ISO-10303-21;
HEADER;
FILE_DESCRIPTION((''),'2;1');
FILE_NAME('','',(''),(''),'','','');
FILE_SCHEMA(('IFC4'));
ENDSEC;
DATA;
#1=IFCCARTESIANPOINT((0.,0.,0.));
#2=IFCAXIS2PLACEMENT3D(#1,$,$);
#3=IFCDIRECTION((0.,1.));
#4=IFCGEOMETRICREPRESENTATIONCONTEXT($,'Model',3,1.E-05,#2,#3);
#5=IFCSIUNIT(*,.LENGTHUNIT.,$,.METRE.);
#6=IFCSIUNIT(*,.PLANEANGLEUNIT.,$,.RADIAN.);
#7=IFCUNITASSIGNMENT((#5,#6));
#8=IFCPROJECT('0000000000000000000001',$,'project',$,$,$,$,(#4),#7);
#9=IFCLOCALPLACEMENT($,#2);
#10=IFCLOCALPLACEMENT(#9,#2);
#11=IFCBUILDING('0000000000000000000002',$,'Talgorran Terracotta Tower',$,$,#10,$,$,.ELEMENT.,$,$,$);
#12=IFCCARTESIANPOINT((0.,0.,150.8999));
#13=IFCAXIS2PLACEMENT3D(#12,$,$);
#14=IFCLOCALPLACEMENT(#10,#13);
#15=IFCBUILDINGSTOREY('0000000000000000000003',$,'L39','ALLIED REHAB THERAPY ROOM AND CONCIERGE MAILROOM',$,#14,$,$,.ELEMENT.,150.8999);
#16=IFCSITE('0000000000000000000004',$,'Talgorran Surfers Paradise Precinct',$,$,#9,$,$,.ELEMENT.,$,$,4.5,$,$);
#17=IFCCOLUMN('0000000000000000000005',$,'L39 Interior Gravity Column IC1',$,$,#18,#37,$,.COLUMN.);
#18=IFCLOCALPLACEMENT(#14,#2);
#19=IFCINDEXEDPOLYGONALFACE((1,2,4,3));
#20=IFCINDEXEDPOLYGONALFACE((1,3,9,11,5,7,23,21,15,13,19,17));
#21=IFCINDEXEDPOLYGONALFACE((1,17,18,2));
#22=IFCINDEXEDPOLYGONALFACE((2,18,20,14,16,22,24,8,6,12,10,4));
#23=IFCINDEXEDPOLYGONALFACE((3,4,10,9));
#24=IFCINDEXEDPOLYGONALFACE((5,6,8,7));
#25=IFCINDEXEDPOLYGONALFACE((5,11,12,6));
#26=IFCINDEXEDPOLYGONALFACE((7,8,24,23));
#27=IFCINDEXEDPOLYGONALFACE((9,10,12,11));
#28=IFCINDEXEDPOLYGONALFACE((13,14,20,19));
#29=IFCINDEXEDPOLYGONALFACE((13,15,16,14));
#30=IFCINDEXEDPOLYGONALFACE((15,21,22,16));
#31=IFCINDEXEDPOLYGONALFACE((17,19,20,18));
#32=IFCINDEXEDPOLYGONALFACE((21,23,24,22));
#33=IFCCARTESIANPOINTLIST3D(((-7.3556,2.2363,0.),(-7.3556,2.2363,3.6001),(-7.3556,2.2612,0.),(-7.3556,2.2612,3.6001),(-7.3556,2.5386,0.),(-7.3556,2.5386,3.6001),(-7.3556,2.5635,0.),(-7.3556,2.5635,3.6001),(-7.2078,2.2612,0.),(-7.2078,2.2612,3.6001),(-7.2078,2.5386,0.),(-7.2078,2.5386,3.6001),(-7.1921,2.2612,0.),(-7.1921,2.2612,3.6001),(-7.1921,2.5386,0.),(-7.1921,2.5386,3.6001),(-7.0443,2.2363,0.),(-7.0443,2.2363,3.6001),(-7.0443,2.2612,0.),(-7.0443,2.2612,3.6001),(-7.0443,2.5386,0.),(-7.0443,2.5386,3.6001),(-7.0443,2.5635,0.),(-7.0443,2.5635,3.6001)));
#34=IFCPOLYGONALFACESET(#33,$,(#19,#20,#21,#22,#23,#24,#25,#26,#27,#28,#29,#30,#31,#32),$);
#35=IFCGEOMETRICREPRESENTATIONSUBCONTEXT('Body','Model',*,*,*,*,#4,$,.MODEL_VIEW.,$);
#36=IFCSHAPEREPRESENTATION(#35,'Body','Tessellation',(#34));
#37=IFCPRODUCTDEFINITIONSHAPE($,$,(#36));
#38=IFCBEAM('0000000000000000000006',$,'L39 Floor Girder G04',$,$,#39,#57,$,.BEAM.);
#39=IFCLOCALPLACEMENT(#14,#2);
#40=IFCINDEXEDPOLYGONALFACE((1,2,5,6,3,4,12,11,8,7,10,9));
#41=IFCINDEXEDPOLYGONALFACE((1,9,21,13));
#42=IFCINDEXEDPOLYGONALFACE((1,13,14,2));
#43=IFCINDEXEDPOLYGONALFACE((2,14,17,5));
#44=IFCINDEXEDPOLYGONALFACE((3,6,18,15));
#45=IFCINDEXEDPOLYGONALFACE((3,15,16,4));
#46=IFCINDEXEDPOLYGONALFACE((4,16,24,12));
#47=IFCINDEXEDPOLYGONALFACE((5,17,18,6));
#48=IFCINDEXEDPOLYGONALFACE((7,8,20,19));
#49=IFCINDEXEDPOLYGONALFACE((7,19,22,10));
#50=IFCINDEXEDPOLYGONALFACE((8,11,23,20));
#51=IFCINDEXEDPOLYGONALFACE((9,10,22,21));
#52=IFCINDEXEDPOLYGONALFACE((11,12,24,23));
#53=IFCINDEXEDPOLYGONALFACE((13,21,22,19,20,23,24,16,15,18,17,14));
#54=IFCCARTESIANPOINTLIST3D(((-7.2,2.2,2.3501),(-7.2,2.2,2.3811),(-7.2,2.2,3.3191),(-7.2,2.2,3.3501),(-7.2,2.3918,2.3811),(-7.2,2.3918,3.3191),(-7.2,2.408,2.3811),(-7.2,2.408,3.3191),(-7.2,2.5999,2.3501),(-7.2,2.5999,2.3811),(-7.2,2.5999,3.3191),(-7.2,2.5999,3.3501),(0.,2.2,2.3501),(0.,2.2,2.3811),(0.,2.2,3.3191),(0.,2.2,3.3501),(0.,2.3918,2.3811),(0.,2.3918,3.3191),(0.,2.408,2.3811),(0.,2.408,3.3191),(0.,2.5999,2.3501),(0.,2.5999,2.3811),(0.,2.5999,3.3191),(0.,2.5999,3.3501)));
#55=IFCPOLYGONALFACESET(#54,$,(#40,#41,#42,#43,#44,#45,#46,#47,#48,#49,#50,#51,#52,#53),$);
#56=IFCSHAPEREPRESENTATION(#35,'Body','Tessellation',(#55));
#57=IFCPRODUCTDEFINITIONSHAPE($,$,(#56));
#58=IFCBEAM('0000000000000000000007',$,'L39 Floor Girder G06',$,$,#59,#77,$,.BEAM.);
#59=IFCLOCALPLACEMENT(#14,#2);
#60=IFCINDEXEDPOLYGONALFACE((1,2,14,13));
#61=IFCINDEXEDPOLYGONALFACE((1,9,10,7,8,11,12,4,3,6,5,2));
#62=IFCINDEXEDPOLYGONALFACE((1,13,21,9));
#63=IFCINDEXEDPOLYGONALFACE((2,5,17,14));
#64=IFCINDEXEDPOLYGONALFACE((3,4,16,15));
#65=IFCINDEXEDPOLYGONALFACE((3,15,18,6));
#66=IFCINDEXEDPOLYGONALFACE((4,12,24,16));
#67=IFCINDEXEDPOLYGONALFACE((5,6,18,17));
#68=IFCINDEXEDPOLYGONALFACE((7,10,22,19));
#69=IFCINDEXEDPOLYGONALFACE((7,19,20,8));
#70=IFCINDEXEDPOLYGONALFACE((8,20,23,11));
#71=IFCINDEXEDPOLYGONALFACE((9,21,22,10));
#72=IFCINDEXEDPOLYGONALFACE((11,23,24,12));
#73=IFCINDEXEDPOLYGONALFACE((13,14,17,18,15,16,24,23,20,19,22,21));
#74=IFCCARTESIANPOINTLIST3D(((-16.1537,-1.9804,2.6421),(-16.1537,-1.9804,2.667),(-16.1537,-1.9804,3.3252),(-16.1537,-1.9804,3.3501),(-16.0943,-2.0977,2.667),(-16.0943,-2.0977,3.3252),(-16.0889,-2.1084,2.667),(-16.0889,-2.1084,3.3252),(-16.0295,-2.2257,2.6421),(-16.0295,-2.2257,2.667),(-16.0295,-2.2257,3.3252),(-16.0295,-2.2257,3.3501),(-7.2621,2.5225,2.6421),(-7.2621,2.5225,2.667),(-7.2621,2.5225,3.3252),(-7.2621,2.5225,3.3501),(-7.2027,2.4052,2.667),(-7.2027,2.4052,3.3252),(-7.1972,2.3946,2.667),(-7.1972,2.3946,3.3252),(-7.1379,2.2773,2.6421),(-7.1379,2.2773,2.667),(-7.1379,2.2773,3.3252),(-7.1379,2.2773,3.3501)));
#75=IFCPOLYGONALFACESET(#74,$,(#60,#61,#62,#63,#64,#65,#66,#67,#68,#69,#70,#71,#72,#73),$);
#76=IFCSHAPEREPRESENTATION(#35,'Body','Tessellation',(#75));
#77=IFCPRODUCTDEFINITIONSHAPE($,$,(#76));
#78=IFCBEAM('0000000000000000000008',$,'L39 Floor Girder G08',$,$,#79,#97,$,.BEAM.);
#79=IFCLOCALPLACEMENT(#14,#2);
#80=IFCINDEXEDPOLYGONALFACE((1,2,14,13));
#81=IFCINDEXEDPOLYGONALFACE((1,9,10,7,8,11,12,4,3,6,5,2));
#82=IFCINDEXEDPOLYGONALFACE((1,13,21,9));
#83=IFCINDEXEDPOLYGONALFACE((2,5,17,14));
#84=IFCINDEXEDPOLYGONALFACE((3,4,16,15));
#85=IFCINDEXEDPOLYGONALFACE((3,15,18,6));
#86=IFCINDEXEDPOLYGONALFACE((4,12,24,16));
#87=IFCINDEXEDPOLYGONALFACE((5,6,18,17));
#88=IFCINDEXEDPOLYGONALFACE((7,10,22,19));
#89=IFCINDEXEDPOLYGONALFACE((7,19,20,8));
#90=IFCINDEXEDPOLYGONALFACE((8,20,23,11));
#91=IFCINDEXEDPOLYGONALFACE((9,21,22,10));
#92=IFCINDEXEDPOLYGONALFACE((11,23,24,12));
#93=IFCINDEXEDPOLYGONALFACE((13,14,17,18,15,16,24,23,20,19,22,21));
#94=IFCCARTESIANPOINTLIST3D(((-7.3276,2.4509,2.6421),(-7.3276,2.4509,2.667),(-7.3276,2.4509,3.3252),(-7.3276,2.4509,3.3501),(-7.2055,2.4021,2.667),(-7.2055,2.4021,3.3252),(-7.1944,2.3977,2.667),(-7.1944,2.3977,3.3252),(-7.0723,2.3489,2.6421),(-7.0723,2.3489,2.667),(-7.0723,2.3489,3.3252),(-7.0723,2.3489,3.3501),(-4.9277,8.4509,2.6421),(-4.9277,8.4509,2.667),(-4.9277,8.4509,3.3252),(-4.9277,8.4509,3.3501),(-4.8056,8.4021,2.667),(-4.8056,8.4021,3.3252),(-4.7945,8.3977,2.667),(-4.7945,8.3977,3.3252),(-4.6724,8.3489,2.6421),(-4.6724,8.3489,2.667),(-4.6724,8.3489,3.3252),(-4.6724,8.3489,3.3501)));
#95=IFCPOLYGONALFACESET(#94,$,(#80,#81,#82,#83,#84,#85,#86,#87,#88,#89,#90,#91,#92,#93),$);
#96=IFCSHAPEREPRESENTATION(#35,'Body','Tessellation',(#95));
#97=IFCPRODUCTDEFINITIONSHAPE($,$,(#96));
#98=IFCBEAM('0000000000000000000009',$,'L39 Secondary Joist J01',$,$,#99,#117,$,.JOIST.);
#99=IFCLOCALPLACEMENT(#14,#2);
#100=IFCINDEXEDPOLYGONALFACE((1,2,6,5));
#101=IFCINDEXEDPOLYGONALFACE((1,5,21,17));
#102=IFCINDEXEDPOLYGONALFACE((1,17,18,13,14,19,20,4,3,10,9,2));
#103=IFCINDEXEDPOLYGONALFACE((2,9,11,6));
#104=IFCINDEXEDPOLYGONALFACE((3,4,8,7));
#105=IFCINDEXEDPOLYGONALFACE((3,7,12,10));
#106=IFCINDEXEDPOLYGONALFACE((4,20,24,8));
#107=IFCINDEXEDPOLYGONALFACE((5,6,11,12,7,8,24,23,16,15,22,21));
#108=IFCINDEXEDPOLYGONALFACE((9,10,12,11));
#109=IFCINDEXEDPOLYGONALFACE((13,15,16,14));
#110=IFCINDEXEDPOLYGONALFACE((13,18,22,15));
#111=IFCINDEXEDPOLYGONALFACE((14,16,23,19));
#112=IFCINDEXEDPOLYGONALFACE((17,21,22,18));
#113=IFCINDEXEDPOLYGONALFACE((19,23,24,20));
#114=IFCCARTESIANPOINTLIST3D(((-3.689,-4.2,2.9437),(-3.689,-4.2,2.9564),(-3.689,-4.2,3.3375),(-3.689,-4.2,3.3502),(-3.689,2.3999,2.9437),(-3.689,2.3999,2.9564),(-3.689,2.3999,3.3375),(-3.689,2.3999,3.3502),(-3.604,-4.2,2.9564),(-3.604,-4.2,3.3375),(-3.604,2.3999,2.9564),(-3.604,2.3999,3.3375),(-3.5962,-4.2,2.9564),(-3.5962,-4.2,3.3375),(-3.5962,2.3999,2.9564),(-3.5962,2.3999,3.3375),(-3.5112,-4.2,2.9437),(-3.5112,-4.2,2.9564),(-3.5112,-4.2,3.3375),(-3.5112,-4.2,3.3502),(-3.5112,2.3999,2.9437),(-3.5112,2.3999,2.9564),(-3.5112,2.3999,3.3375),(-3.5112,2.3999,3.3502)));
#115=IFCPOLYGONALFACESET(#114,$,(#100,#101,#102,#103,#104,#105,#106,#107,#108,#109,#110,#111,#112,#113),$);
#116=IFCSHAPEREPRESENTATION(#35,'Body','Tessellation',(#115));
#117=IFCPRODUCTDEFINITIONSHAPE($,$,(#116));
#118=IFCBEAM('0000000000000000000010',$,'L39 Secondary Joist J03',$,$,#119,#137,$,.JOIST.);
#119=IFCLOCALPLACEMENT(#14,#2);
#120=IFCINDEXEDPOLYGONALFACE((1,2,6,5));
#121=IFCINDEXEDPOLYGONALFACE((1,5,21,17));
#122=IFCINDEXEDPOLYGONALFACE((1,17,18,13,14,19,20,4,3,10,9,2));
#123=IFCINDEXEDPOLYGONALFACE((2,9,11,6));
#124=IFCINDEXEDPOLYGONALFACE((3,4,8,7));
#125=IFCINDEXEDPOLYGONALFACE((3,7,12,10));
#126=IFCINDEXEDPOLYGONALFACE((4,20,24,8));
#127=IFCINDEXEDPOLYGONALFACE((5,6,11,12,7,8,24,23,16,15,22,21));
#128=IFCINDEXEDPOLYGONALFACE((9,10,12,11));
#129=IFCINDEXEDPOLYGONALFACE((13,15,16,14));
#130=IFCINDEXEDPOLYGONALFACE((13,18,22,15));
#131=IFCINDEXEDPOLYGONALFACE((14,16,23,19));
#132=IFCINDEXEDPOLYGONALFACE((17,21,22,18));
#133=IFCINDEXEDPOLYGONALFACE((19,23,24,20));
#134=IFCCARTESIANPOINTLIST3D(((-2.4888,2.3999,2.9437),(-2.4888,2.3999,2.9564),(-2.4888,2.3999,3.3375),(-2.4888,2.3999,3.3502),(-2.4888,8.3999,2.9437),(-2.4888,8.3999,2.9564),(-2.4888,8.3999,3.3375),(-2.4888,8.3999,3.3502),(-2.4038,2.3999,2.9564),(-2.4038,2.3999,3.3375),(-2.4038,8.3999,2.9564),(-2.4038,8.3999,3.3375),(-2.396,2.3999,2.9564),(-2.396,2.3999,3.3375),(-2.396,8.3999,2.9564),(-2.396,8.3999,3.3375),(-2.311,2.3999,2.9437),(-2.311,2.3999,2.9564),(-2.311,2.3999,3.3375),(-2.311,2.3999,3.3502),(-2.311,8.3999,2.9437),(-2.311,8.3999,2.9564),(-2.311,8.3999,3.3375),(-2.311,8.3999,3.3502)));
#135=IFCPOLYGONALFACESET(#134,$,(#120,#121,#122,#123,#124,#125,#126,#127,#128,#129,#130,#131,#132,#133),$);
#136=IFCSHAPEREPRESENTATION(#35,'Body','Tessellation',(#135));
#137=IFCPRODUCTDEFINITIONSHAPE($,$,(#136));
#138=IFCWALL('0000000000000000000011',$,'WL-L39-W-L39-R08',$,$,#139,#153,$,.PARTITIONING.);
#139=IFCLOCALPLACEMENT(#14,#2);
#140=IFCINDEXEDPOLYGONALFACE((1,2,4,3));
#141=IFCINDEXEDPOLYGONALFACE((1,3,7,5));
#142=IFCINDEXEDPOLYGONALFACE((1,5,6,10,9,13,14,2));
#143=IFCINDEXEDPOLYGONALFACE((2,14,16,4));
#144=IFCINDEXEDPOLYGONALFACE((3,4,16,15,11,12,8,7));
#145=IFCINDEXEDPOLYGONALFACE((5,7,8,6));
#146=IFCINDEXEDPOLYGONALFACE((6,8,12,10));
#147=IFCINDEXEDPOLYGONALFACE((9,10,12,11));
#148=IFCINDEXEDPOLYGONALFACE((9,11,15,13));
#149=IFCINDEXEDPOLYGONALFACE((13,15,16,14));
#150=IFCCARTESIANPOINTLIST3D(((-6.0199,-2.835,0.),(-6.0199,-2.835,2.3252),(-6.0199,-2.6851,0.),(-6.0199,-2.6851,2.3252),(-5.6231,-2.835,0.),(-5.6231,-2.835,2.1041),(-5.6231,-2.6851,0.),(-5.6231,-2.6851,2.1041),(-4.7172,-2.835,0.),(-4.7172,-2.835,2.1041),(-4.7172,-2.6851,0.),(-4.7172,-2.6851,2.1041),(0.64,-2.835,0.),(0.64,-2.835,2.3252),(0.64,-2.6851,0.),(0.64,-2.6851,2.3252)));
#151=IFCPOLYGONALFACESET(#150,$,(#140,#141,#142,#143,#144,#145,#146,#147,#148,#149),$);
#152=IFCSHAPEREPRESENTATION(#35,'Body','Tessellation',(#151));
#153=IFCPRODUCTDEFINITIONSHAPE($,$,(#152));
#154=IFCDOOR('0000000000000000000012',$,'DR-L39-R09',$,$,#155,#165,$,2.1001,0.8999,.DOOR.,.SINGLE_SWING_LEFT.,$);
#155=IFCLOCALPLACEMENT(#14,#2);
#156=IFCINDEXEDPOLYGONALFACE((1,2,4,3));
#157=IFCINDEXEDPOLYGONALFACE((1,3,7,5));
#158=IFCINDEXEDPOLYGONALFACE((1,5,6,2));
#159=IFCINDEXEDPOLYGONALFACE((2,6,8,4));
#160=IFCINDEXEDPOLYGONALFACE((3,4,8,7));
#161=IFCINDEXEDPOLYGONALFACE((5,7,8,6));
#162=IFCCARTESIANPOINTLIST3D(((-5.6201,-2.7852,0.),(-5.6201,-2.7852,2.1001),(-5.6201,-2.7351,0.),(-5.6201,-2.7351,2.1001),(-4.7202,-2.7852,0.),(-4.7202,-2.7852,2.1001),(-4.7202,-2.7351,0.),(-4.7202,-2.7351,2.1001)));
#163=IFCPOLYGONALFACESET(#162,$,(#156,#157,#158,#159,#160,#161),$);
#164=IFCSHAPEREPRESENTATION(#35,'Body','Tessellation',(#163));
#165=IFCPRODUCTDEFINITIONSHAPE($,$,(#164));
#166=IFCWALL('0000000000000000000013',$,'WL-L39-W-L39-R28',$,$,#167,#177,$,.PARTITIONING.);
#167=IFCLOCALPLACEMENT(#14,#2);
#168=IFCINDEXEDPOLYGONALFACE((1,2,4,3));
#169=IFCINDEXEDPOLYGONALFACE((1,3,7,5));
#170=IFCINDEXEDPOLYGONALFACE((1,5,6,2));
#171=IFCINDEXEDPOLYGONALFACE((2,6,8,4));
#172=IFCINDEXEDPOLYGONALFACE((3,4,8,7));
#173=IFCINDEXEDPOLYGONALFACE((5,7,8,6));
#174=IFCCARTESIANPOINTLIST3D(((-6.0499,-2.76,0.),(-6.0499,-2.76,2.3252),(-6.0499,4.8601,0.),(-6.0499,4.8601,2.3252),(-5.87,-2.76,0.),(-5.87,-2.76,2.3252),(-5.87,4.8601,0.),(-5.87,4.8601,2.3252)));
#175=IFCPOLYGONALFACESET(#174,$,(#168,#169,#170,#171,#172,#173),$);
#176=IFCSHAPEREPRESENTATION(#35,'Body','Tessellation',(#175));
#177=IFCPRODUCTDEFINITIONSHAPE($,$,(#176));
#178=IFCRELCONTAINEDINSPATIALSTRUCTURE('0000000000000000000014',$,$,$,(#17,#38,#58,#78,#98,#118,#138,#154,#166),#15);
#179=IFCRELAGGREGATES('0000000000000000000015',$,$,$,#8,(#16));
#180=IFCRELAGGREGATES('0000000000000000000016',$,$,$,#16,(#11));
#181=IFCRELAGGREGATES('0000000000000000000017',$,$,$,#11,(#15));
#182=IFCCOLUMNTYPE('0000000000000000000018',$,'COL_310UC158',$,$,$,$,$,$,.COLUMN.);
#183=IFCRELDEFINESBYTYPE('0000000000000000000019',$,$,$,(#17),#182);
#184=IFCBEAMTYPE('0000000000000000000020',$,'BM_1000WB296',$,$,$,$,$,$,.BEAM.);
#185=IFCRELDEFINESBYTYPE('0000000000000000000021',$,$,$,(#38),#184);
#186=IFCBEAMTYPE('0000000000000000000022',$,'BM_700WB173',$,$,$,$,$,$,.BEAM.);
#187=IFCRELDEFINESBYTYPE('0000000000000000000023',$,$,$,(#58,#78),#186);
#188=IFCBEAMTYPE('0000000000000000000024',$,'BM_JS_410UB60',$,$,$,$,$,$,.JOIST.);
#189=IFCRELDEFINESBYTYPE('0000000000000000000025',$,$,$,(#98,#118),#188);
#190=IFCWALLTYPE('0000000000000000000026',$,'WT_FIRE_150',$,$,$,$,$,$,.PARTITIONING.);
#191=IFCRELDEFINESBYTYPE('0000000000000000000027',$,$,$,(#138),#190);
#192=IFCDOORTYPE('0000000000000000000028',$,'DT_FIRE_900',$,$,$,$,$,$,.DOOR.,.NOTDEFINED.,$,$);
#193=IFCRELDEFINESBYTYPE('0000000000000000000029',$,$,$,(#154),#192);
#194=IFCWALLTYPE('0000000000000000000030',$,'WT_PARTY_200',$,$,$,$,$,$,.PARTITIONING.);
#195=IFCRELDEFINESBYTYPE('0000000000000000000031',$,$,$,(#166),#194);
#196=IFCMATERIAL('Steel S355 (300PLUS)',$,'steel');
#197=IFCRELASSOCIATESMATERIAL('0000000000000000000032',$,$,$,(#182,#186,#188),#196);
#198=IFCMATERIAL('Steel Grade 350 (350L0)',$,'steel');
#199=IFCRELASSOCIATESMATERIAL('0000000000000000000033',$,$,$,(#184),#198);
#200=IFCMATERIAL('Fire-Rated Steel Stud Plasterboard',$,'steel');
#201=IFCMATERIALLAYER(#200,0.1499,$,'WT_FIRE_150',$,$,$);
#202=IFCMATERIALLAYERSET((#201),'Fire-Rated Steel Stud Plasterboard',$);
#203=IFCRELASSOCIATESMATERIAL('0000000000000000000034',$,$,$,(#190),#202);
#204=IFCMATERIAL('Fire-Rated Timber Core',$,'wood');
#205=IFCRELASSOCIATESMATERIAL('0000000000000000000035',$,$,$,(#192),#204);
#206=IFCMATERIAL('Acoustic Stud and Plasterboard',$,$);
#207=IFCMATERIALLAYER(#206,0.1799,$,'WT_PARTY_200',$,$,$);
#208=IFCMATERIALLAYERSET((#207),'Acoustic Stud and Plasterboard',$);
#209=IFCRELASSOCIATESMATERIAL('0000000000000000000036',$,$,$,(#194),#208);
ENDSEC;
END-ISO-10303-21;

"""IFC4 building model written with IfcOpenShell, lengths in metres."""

from ifc_helpers import new_model, si_unit, direction, frame, frame_2d, origin, origin_2d, place, context, subcontext, project, spatial, rectangle, i_section, extrude, material, layer, layer_set, material_profile, profile_set, type_object, element, fill, save


model = new_model("IFC4")

# Units and contexts
model_context = context("Model", 3, precision=1e-05, world=origin(), true_north=direction((0.0, 1.0)))
body_context = subcontext(model_context, "Body", "Model", "MODEL_VIEW")
ifc_project = project(units=[si_unit("LENGTHUNIT", "METRE"), si_unit("PLANEANGLEUNIT", "RADIAN")], contexts=[model_context])

# Site, building, storey
site_placement = place(None, origin())
site = spatial("IfcSite", under=ifc_project, at=site_placement, Name="Talgorran Surfers Paradise Precinct", CompositionType="ELEMENT", RefElevation=4.5)
building_placement = place(site_placement, origin())
building = spatial("IfcBuilding", under=site, at=building_placement, Name="Talgorran Terracotta Tower", CompositionType="ELEMENT")
storey_placement = place(building_placement, frame((0.0, 0.0, 150.8999)))
storey = spatial("IfcBuildingStorey", under=building, at=storey_placement, Name="L39", Description="ALLIED REHAB THERAPY ROOM AND CONCIERGE MAILROOM", CompositionType="ELEMENT", Elevation=150.8999)

# Column
ifc_material_1 = material(Name="Steel S355 (300PLUS)", Category="steel")
ifc_material_profile_1 = material_profile(ifc_material_1, i_section(OverallWidth=0.3113, OverallDepth=0.3271, WebThickness=0.0156, FlangeThickness=0.0249, at=origin_2d()), Name="310UC158")
ifc_profile_set_1 = profile_set([ifc_material_profile_1], Name="Steel S355 (300PLUS)")
column_type = type_object("IfcColumnType", Name="COL_310UC158", PredefinedType="COLUMN", material=ifc_profile_set_1)
column_placement = place(storey_placement, frame((-7.2, 2.3999, 0.0), z_axis=(0.0, 0.0, 1.0), x_axis=(1.0, 0.0, 0.0)))
element("IfcColumn", 1, at=column_placement, inside=storey, type_object=column_type, Name="L39 Interior Gravity Column IC1", PredefinedType="COLUMN", context=body_context, shape_type="SweptSolid", body=[
    extrude(i_section(OverallWidth=0.3113, OverallDepth=0.3271, WebThickness=0.0156, FlangeThickness=0.0249, at=origin_2d()), origin(), (0.0, 0.0, 1.0), 3.6001),
])

# Beams
ifc_material_2 = material(Name="Steel Grade 350 (350L0)", Category="steel")
ifc_material_profile_2 = material_profile(ifc_material_2, i_section(OverallWidth=0.3999, OverallDepth=1.0, WebThickness=0.0161, FlangeThickness=0.031, at=origin_2d()), Name="1000WB296")
ifc_profile_set_2 = profile_set([ifc_material_profile_2], Name="Steel Grade 350 (350L0)")
beam_type_1 = type_object("IfcBeamType", Name="BM_1000WB296", PredefinedType="BEAM", material=ifc_profile_set_2)
beam_1_placement = place(storey_placement, frame((-7.2, 2.3999, 2.8501), z_axis=(1.0, 0.0, 0.0), x_axis=(0.0, 1.0, 0.0)))
element("IfcBeam", 2, at=beam_1_placement, inside=storey, type_object=beam_type_1, Name="L39 Floor Girder G04", PredefinedType="BEAM", context=body_context, shape_type="SweptSolid", body=[
    extrude(i_section(OverallWidth=0.3999, OverallDepth=1.0, WebThickness=0.0161, FlangeThickness=0.031, at=origin_2d()), origin(), (0.0, 0.0, 1.0), 7.2),
])
ifc_material_profile_3 = material_profile(ifc_material_1, i_section(OverallWidth=0.2749, OverallDepth=0.708, WebThickness=0.012, FlangeThickness=0.0249, at=origin_2d()), Name="700WB173")
ifc_profile_set_3 = profile_set([ifc_material_profile_3], Name="Steel S355 (300PLUS)")
beam_type_2 = type_object("IfcBeamType", Name="BM_700WB173", PredefinedType="BEAM", material=ifc_profile_set_3)
beam_2_placement = place(storey_placement, frame((-7.2, 2.3999, 2.9961), z_axis=(-0.892123, -0.451793, 0.0), x_axis=(0.451793, -0.892123, 0.0)))
element("IfcBeam", 3, at=beam_2_placement, inside=storey, type_object=beam_type_2, Name="L39 Floor Girder G06", PredefinedType="BEAM", context=body_context, shape_type="SweptSolid", body=[
    extrude(i_section(OverallWidth=0.2749, OverallDepth=0.708, WebThickness=0.012, FlangeThickness=0.0249, at=origin_2d()), origin(), (0.0, 0.0, 1.0), 9.9668),
])
beam_3_placement = place(storey_placement, frame((-7.2, 2.3999, 2.9961), z_axis=(0.371378, 0.928482, 0.0), x_axis=(-0.928482, 0.371378, 0.0)))
element("IfcBeam", 4, at=beam_3_placement, inside=storey, type_object=beam_type_2, Name="L39 Floor Girder G08", PredefinedType="BEAM", context=body_context, shape_type="SweptSolid", body=[
    extrude(i_section(OverallWidth=0.2749, OverallDepth=0.708, WebThickness=0.012, FlangeThickness=0.0249, at=origin_2d()), origin(), (0.0, 0.0, 1.0), 6.4622),
])
ifc_material_profile_4 = material_profile(ifc_material_1, i_section(OverallWidth=0.1777, OverallDepth=0.4065, WebThickness=0.0078, FlangeThickness=0.0127, at=origin_2d()), Name="410UB59.7")
ifc_profile_set_4 = profile_set([ifc_material_profile_4], Name="Steel S355 (300PLUS)")
beam_type_3 = type_object("IfcBeamType", Name="BM_JS_410UB60", PredefinedType="JOIST", material=ifc_profile_set_4)
beam_4_placement = place(storey_placement, frame((-3.6001, -4.2, 3.147), z_axis=(0.0, 1.0, 0.0), x_axis=(-1.0, 0.0, 0.0)))
element("IfcBeam", 5, at=beam_4_placement, inside=storey, type_object=beam_type_3, Name="L39 Secondary Joist J01", PredefinedType="JOIST", context=body_context, shape_type="SweptSolid", body=[
    extrude(i_section(OverallWidth=0.1777, OverallDepth=0.4065, WebThickness=0.0078, FlangeThickness=0.0127, at=origin_2d()), origin(), (0.0, 0.0, 1.0), 6.5999),
])
beam_5_placement = place(storey_placement, frame((-2.3999, 2.3999, 3.147), z_axis=(0.0, 1.0, 0.0), x_axis=(-1.0, 0.0, 0.0)))
element("IfcBeam", 6, at=beam_5_placement, inside=storey, type_object=beam_type_3, Name="L39 Secondary Joist J03", PredefinedType="JOIST", context=body_context, shape_type="SweptSolid", body=[
    extrude(i_section(OverallWidth=0.1777, OverallDepth=0.4065, WebThickness=0.0078, FlangeThickness=0.0127, at=origin_2d()), origin(), (0.0, 0.0, 1.0), 6.0),
])

# Wall, opening, door
ifc_material_3 = material(Name="Fire-Rated Steel Stud Plasterboard", Category="steel")
ifc_layer_1 = layer(ifc_material_3, 0.1499, Name="WT_FIRE_150")
ifc_layer_set_1 = layer_set([ifc_layer_1], Name="Fire-Rated Steel Stud Plasterboard")
wall_type_1 = type_object("IfcWallType", Name="WT_FIRE_150", PredefinedType="PARTITIONING", material=ifc_layer_set_1)
wall_1_placement = place(storey_placement, frame((-6.02, -2.76, 0.0), z_axis=(0.0, 0.0, 1.0), x_axis=(1.0, 0.0, 0.0)))
wall_1 = element("IfcWall", 7, at=wall_1_placement, inside=storey, type_object=wall_type_1, Name="WL-L39-W-L39-R08", PredefinedType="PARTITIONING", context=body_context, shape_type="SweptSolid", body=[
    extrude(rectangle(XDim=6.6599, YDim=0.1499, at=frame_2d((3.3301, 0.0))), origin(), (0.0, 0.0, 1.0), 2.3252),
])
opening_1_placement = place(wall_1_placement, frame((0.3999, 0.0, 0.0)))
opening_1 = element("IfcOpeningElement", 8, at=opening_1_placement, cuts=wall_1, PredefinedType="OPENING", context=body_context, shape_type="SweptSolid", body=[
    extrude(rectangle(XDim=0.9059, YDim=2.1041, at=frame_2d((0.45, 1.052))), frame((0.0, 0.085, 0.0), z_axis=(0.0, -1.0, 0.0), x_axis=(1.0, 0.0, 0.0)), (0.0, 0.0, 1.0), 0.1699),
])
ifc_material_4 = material(Name="Fire-Rated Timber Core", Category="wood")
door_type_1 = type_object("IfcDoorType", Name="DT_FIRE_900", OperationType="NOTDEFINED", PredefinedType="DOOR", material=ifc_material_4)
door_1_placement = place(opening_1_placement, origin())
door_1 = element("IfcDoor", 9, at=door_1_placement, inside=storey, type_object=door_type_1, Name="DR-L39-R09", OperationType="SINGLE_SWING_LEFT", OverallHeight=2.1001, OverallWidth=0.8999, PredefinedType="DOOR", context=body_context, shape_type="SweptSolid", body=[
    extrude(rectangle(XDim=0.8999, YDim=2.1001, at=frame_2d((0.45, 1.05))), frame((0.0, 0.0249, 0.0), z_axis=(0.0, -1.0, 0.0), x_axis=(1.0, 0.0, 0.0)), (0.0, 0.0, 1.0), 0.05),
])
fill(opening_1, door_1)

# Wall
ifc_material_5 = material(Name="Acoustic Stud and Plasterboard")
ifc_layer_2 = layer(ifc_material_5, 0.1799, Name="WT_PARTY_200")
ifc_layer_set_2 = layer_set([ifc_layer_2], Name="Acoustic Stud and Plasterboard")
wall_type_2 = type_object("IfcWallType", Name="WT_PARTY_200", PredefinedType="PARTITIONING", material=ifc_layer_set_2)
wall_2_placement = place(storey_placement, frame((-5.96, -2.76, 0.0), z_axis=(0.0, 0.0, 1.0), x_axis=(0.0, 1.0, 0.0)))
element("IfcWall", 10, at=wall_2_placement, inside=storey, type_object=wall_type_2, Name="WL-L39-W-L39-R28", PredefinedType="PARTITIONING", context=body_context, shape_type="SweptSolid", body=[
    extrude(rectangle(XDim=7.6201, YDim=0.1799, at=frame_2d((3.8101, 0.0))), origin(), (0.0, 0.0, 1.0), 2.3252),
])

save(model, "model.ifc")
